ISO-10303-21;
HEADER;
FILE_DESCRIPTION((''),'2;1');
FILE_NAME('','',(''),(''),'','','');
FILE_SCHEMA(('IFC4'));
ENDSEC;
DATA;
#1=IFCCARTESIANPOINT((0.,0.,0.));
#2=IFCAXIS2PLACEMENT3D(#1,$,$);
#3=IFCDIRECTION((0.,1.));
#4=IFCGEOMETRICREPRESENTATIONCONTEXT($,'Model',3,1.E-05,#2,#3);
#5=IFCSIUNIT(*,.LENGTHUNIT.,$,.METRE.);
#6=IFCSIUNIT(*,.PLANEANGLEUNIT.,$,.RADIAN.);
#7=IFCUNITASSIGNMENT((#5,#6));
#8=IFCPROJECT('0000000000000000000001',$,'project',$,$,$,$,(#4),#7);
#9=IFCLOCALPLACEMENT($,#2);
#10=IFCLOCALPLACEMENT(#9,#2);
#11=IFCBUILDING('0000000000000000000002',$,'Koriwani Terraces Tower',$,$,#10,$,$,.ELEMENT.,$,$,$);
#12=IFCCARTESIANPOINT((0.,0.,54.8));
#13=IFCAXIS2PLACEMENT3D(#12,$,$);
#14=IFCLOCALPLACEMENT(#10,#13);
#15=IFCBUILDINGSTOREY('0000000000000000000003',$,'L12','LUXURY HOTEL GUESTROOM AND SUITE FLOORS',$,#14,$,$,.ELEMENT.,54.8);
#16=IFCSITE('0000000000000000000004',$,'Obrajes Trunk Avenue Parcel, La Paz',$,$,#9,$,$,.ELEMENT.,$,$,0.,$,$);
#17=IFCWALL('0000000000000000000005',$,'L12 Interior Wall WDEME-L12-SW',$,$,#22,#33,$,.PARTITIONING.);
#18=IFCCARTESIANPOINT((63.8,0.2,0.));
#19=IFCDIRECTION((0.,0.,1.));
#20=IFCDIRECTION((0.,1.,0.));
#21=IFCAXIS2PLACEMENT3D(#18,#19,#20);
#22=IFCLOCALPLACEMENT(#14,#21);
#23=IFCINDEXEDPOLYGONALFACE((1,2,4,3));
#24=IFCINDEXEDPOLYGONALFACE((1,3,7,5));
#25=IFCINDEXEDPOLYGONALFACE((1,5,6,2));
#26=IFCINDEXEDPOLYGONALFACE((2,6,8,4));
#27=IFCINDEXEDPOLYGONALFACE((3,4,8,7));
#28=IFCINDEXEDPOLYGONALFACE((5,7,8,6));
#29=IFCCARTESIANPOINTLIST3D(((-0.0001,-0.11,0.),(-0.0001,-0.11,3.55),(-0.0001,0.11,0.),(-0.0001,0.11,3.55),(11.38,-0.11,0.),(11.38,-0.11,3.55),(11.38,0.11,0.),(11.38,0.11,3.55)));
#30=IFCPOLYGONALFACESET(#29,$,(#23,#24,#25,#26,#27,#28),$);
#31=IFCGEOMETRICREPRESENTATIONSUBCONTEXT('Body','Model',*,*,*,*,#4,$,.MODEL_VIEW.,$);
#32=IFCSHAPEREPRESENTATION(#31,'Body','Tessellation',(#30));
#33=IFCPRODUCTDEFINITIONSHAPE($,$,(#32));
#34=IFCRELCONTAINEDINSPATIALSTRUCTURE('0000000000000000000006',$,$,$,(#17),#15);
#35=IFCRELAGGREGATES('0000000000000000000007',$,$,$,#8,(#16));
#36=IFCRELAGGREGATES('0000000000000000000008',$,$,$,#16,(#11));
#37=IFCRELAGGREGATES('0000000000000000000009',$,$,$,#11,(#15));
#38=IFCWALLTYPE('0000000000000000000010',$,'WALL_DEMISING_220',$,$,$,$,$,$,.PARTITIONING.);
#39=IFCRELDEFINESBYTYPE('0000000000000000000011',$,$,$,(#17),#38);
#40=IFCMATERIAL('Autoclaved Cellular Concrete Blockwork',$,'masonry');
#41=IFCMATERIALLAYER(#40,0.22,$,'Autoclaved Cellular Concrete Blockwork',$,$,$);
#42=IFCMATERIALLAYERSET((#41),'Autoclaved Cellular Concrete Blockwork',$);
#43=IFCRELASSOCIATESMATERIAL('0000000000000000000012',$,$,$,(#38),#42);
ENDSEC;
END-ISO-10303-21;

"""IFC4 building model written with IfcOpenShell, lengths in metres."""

from ifc_helpers import new_model, si_unit, direction, frame, frame_2d, origin, place, context, subcontext, project, spatial, rectangle, extrude, material, layer, layer_set, type_object, element, save


model = new_model("IFC4")

# Units and contexts
model_context = context("Model", 3, precision=1e-05, world=origin(), true_north=direction((0.0, 1.0)))
body_context = subcontext(model_context, "Body", "Model", "MODEL_VIEW")
ifc_project = project(units=[si_unit("LENGTHUNIT", "METRE"), si_unit("PLANEANGLEUNIT", "RADIAN")], contexts=[model_context])

# Site, building, storey
site_placement = place(None, origin())
site = spatial("IfcSite", under=ifc_project, at=site_placement, Name="Obrajes Trunk Avenue Parcel, La Paz", CompositionType="ELEMENT", RefElevation=0.0)
building_placement = place(site_placement, origin())
building = spatial("IfcBuilding", under=site, at=building_placement, Name="Koriwani Terraces Tower", CompositionType="ELEMENT")
storey_placement = place(building_placement, frame((0.0, 0.0, 54.8)))
storey = spatial("IfcBuildingStorey", under=building, at=storey_placement, Name="L12", Description="LUXURY HOTEL GUESTROOM AND SUITE FLOORS", CompositionType="ELEMENT", Elevation=54.8)

# Shared definitions
ifc_material_1 = material(Name="Autoclaved Cellular Concrete Blockwork", Category="masonry")

# Wall
ifc_layer_1 = layer(ifc_material_1, 0.22, Name="Autoclaved Cellular Concrete Blockwork")
ifc_layer_set_1 = layer_set([ifc_layer_1], Name="Autoclaved Cellular Concrete Blockwork")
wall_type_1 = type_object("IfcWallType", Name="WALL_DEMISING_220", PredefinedType="PARTITIONING", material=ifc_layer_set_1)
wall_1_placement = place(storey_placement, frame((63.8, 0.2, 0.0), z_axis=(0.0, 0.0, 1.0), x_axis=(0.0, 1.0, 0.0)))
element("IfcWall", 1, at=wall_1_placement, inside=storey, type_object=wall_type_1, Name="L12 Interior Wall WDEME-L12-SW", PredefinedType="PARTITIONING", context=body_context, shape_type="SweptSolid", body=[
    extrude(rectangle(XDim=11.3801, YDim=0.22, at=frame_2d((5.6899, 0.0))), origin(), (0.0, 0.0, 1.0), 3.55),
])

save(model, "model.ifc")
